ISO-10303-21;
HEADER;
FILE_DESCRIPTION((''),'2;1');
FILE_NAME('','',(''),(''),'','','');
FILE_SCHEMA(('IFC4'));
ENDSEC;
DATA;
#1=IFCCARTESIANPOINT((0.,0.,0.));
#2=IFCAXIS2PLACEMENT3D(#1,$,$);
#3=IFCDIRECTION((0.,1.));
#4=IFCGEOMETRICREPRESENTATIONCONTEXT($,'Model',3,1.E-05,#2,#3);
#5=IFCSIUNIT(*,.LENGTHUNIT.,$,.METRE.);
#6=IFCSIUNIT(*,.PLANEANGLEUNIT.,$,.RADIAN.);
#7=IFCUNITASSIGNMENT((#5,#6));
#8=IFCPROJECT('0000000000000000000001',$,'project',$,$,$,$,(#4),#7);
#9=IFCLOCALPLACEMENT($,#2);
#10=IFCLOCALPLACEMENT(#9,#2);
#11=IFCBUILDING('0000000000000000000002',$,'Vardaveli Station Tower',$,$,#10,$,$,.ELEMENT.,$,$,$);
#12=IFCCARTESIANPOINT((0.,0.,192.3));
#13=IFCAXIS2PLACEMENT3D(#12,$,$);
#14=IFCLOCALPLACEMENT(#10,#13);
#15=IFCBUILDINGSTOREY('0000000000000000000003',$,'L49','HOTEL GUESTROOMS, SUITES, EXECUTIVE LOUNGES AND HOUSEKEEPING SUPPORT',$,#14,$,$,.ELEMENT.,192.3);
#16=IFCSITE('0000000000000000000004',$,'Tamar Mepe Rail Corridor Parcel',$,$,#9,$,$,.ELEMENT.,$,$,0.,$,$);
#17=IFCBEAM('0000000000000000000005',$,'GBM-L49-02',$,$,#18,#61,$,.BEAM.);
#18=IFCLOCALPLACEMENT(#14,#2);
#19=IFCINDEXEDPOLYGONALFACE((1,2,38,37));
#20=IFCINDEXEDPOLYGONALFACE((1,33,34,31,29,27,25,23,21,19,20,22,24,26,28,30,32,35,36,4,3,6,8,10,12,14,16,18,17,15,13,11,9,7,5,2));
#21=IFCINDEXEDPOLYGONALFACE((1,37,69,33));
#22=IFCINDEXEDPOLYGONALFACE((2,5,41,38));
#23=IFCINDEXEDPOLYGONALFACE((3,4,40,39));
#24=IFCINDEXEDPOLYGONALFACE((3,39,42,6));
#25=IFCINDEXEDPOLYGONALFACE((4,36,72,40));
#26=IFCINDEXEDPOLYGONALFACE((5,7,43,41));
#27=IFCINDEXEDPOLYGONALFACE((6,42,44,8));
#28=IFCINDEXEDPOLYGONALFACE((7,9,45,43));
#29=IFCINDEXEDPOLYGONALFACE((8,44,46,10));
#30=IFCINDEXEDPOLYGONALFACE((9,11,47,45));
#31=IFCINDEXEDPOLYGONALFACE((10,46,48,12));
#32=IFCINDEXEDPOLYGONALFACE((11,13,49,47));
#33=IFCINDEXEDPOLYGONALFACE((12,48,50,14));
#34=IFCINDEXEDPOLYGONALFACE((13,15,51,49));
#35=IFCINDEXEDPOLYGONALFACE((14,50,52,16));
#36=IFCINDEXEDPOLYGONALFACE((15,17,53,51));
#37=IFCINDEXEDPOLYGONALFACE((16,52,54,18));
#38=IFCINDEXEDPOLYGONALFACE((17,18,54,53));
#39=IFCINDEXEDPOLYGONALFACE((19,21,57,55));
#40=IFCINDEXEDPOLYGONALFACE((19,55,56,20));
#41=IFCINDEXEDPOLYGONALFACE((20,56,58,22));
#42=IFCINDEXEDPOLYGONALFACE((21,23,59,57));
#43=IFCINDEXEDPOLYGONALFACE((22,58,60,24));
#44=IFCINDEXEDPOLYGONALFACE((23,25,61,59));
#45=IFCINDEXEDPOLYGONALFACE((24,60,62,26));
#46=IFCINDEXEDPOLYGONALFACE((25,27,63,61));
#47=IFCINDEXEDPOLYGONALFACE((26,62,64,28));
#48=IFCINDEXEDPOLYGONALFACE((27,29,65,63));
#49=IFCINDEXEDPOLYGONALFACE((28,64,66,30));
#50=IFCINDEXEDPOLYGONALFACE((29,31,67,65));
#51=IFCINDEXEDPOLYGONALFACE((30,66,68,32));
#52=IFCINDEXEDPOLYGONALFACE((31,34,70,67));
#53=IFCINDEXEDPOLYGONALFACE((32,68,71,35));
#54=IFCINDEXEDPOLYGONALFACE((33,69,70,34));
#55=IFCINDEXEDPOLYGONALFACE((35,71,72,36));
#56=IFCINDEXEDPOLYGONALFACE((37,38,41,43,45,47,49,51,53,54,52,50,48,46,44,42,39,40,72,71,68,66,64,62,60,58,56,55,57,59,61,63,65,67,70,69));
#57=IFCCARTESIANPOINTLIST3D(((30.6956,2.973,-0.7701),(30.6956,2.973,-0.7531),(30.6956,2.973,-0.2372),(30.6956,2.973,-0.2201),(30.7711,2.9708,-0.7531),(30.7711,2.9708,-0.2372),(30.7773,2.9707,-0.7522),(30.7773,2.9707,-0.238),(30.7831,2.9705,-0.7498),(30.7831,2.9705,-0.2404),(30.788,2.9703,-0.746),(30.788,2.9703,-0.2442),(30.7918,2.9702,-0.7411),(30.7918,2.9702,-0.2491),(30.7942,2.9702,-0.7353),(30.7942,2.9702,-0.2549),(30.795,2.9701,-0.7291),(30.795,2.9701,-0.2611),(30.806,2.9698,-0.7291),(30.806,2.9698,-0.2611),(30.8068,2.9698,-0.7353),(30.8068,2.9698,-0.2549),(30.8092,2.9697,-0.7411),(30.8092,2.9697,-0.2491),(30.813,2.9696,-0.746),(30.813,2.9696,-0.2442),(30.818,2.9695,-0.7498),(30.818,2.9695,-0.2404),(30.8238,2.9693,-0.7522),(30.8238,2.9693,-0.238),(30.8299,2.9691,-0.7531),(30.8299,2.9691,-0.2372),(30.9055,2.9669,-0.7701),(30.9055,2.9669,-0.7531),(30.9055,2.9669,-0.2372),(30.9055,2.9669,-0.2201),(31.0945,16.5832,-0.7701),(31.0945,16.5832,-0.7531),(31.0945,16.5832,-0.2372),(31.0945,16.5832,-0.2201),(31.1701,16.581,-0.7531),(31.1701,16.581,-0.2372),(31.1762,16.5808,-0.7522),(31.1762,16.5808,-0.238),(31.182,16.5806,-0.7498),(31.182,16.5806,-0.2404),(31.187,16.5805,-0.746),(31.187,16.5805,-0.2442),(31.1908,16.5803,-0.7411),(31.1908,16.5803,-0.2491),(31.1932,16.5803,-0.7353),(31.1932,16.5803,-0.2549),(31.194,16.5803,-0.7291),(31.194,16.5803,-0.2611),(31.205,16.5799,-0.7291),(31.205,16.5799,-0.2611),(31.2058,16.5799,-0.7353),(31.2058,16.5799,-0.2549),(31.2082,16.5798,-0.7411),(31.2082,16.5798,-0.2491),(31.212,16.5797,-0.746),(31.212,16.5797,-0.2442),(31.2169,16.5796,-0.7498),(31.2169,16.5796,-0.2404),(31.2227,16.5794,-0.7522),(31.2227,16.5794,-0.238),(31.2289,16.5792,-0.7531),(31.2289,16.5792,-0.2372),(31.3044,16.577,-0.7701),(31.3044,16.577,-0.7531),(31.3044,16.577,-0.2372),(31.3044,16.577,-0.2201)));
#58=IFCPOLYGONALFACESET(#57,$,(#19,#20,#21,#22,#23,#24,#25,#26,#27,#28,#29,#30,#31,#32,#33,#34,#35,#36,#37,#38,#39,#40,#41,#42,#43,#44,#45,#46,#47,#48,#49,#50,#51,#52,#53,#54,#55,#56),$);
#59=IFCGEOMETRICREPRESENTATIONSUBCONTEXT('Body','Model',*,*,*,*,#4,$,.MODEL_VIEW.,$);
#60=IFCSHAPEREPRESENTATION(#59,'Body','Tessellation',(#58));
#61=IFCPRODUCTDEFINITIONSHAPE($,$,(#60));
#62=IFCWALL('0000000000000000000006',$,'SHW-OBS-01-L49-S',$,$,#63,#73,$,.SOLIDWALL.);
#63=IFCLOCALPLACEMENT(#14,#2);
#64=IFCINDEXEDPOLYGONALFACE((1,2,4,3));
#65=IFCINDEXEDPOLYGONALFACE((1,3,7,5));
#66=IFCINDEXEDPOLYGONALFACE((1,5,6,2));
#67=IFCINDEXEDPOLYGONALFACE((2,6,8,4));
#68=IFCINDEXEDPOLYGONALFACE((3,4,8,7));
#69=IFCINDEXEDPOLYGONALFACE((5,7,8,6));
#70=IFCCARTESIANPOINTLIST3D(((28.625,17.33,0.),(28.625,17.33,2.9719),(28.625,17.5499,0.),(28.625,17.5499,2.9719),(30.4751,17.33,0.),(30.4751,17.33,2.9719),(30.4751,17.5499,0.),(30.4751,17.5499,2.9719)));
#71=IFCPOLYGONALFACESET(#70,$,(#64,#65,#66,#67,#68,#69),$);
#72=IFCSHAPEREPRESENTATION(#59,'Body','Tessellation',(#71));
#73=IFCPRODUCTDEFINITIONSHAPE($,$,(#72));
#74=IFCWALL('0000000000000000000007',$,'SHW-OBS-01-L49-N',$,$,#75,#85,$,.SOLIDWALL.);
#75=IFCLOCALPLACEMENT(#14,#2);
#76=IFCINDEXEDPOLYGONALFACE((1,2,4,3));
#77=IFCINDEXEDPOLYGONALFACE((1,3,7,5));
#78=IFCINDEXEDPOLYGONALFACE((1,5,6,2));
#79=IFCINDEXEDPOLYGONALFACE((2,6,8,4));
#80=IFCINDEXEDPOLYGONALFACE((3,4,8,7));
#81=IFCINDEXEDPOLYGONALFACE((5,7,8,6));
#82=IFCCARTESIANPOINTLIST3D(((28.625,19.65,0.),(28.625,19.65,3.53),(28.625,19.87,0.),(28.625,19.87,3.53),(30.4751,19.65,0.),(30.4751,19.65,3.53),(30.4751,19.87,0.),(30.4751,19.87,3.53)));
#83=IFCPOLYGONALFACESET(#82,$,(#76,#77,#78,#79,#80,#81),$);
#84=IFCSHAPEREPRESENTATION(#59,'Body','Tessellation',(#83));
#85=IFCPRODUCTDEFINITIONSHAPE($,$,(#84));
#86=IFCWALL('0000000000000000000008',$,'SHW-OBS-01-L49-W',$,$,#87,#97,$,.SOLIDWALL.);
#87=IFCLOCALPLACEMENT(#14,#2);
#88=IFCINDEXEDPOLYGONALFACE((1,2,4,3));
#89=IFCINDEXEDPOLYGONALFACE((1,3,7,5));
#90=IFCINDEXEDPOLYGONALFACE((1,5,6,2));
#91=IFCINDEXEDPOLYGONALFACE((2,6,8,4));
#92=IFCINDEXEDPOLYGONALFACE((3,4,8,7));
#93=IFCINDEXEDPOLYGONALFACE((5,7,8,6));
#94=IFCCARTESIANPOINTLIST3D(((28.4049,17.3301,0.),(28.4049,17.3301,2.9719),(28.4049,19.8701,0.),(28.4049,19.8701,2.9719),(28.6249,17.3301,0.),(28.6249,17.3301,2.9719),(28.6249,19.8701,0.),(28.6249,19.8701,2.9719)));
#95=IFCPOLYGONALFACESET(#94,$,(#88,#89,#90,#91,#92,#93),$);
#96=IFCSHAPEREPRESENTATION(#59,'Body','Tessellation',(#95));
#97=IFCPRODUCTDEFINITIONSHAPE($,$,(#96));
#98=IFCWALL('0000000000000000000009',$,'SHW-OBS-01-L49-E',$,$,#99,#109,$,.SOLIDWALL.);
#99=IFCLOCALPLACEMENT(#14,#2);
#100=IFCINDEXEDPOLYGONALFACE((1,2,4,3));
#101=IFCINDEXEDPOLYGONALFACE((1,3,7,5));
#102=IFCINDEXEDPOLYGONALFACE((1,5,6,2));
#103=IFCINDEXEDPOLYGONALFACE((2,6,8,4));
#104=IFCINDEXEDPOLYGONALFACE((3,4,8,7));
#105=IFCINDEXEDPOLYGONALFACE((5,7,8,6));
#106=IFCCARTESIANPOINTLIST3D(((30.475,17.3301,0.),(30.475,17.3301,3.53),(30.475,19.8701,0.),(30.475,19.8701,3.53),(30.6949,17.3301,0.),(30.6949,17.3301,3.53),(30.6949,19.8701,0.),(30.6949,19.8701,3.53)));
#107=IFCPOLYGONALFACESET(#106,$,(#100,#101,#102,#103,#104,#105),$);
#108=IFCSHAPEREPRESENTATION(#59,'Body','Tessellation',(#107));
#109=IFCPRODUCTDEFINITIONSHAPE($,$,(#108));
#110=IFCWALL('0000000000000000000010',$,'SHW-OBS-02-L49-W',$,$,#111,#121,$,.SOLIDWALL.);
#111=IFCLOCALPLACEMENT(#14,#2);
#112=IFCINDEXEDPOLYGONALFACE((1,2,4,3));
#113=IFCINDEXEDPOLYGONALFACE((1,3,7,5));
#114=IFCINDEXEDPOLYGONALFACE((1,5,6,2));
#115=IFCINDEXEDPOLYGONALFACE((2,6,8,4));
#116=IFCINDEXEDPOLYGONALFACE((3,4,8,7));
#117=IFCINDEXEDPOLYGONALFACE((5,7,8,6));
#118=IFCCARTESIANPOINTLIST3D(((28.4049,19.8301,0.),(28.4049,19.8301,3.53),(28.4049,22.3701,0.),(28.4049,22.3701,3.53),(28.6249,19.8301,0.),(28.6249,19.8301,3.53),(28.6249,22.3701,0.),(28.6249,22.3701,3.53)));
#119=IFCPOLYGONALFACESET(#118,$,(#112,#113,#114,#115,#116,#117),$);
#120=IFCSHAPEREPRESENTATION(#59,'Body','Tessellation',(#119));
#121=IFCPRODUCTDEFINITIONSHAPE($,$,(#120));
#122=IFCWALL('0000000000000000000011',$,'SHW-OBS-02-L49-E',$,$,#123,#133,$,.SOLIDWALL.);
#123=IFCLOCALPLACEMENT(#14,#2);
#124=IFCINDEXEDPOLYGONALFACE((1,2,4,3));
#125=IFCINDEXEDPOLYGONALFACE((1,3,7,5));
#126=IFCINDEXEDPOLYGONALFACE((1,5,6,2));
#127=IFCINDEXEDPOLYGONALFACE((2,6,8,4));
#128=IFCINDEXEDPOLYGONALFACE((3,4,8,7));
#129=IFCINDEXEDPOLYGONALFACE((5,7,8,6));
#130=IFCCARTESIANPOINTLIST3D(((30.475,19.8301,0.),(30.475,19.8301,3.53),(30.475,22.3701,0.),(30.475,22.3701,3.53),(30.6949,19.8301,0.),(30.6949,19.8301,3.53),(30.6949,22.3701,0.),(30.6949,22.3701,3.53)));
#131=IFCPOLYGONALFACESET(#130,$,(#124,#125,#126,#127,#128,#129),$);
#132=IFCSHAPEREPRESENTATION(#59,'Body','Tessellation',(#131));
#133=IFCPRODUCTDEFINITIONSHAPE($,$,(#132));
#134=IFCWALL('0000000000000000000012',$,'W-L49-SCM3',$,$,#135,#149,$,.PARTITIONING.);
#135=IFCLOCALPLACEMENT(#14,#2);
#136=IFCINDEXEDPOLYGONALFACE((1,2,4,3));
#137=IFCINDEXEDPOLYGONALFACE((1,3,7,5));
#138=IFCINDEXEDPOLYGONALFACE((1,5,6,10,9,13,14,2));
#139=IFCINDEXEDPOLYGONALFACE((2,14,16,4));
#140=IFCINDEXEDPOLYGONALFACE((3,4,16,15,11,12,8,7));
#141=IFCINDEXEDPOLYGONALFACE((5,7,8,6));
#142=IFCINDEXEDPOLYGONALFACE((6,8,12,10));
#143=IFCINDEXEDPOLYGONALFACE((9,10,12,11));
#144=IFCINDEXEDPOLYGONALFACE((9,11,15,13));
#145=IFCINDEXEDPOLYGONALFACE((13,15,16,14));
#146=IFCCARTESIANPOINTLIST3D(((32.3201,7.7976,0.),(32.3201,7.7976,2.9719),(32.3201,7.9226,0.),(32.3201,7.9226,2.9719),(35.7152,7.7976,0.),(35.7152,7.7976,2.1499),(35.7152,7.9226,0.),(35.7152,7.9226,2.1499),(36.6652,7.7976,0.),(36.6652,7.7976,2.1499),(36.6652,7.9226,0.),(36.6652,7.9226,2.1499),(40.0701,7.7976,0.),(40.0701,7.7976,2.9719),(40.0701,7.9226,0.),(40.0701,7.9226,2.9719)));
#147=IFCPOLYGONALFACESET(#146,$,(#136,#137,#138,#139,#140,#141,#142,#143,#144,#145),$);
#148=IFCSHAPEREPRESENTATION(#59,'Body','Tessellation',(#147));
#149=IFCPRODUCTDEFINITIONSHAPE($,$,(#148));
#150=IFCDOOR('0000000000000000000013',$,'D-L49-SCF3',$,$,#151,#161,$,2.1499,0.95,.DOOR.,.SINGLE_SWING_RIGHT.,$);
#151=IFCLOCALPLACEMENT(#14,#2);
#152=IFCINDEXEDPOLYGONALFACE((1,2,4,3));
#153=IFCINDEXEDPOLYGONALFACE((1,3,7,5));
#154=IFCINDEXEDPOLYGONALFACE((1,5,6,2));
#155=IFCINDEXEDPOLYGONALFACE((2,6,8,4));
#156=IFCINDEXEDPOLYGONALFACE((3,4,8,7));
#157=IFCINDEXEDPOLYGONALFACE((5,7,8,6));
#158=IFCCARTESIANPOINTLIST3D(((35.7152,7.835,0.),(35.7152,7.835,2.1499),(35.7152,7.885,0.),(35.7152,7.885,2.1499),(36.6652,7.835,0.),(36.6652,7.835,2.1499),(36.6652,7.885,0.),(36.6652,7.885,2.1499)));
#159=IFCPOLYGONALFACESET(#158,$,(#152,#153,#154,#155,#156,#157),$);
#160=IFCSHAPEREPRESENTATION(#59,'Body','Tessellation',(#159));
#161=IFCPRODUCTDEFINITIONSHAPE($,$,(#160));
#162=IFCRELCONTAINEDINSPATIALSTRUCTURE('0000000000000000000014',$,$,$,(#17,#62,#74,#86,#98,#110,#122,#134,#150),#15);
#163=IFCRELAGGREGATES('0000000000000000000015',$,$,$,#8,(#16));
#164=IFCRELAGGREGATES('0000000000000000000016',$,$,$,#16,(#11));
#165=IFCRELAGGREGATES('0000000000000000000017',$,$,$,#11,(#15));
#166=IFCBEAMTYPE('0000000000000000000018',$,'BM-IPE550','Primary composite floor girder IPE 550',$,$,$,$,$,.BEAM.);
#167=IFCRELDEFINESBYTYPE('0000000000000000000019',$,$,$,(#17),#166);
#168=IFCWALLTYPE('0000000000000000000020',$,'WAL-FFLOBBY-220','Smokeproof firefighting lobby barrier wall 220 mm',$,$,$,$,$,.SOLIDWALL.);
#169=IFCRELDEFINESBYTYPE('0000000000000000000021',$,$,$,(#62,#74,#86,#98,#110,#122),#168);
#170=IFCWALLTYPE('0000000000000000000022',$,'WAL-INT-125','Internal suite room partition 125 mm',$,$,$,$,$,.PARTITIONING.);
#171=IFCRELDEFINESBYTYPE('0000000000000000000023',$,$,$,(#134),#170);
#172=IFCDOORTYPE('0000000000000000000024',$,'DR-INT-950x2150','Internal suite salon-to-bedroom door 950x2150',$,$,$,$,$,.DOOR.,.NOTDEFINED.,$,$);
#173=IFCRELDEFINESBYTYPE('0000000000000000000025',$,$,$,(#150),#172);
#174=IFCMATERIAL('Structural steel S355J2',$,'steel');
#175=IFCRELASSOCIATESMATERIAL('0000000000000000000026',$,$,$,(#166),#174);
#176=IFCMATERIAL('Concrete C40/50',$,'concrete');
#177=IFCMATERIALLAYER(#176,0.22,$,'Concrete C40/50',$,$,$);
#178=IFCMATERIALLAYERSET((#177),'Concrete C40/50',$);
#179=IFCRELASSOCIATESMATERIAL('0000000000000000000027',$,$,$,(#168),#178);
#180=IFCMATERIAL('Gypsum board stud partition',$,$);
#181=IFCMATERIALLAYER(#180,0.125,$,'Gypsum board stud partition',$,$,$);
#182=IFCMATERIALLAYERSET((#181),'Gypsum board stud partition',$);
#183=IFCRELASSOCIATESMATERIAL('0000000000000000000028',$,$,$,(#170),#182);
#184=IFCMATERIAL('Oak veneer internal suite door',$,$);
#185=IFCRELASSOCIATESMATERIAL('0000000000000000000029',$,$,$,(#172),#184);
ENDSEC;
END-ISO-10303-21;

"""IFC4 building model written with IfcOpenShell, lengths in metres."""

from ifc_helpers import new_model, si_unit, direction, frame, frame_2d, origin, origin_2d, place, context, subcontext, project, spatial, rectangle, i_section, extrude, source, transform, mapped, material, layer, layer_set, material_profile, profile_set, type_object, element, fill, save


model = new_model("IFC4")

# Units and contexts
model_context = context("Model", 3, precision=1e-05, world=origin(), true_north=direction((0.0, 1.0)))
body_context = subcontext(model_context, "Body", "Model", "MODEL_VIEW")
ifc_project = project(units=[si_unit("LENGTHUNIT", "METRE"), si_unit("PLANEANGLEUNIT", "RADIAN")], contexts=[model_context])

# Site, building, storey
site_placement = place(None, origin())
site = spatial("IfcSite", under=ifc_project, at=site_placement, Name="Tamar Mepe Rail Corridor Parcel", CompositionType="ELEMENT", RefElevation=0.0)
building_placement = place(site_placement, origin())
building = spatial("IfcBuilding", under=site, at=building_placement, Name="Vardaveli Station Tower", CompositionType="ELEMENT")
storey_placement = place(building_placement, frame((0.0, 0.0, 192.3)))
storey = spatial("IfcBuildingStorey", under=building, at=storey_placement, Name="L49", Description="HOTEL GUESTROOMS, SUITES, EXECUTIVE LOUNGES AND HOUSEKEEPING SUPPORT", CompositionType="ELEMENT", Elevation=192.3)

# Beam
ifc_material_1 = material(Name="Structural steel S355J2", Category="steel")
ifc_material_profile_1 = material_profile(ifc_material_1, i_section(OverallWidth=0.21, OverallDepth=0.55, WebThickness=0.011, FlangeThickness=0.0171, FilletRadius=0.0239, at=origin_2d()), Name="IPE 550")
ifc_profile_set_1 = profile_set([ifc_material_profile_1], Name="Structural steel S355J2")
beam_type_1 = type_object("IfcBeamType", Name="BM-IPE550", Description="Primary composite floor girder IPE 550", PredefinedType="BEAM", material=ifc_profile_set_1)
shared_shape_1 = source(origin(), body_context, "Body", "SweptSolid", [
    extrude(i_section(OverallWidth=0.21, OverallDepth=0.55, WebThickness=0.011, FlangeThickness=0.0171, FilletRadius=0.0239, at=origin_2d()), origin(), (0.0, 0.0, 1.0), 13.616),
])
beam_1_placement = place(storey_placement, frame((30.8005, 2.97, -0.4951), z_axis=(0.029298, 0.999571, 0.0), x_axis=(-0.999571, 0.029298, 0.0)))
element("IfcBeam", 1, at=beam_1_placement, inside=storey, type_object=beam_type_1, Name="GBM-L49-02", PredefinedType="BEAM", context=body_context, shape_type="MappedRepresentation", body=[
    mapped(shared_shape_1, transform((0.0, 0.0, 0.0), scale=1.0)),
])

# Walls
ifc_material_2 = material(Name="Concrete C40/50", Category="concrete")
ifc_layer_1 = layer(ifc_material_2, 0.22, Name="Concrete C40/50")
ifc_layer_set_1 = layer_set([ifc_layer_1], Name="Concrete C40/50")
wall_type_1 = type_object("IfcWallType", Name="WAL-FFLOBBY-220", Description="Smokeproof firefighting lobby barrier wall 220 mm", PredefinedType="SOLIDWALL", material=ifc_layer_set_1)
shared_shape_2 = source(origin(), body_context, "Body", "SweptSolid", [
    extrude(rectangle(XDim=1.8501, YDim=0.22, at=frame_2d((0.925, 0.0))), origin(), (0.0, 0.0, 1.0), 2.9719),
])
wall_1_placement = place(storey_placement, frame((28.625, 17.4399, 0.0), z_axis=(0.0, 0.0, 1.0), x_axis=(1.0, 0.0, 0.0)))
element("IfcWall", 2, at=wall_1_placement, inside=storey, type_object=wall_type_1, Name="SHW-OBS-01-L49-S", PredefinedType="SOLIDWALL", context=body_context, shape_type="MappedRepresentation", body=[
    mapped(shared_shape_2, transform((0.0, 0.0, 0.0), scale=1.0)),
])
shared_shape_3 = source(origin(), body_context, "Body", "SweptSolid", [
    extrude(rectangle(XDim=1.8501, YDim=0.22, at=frame_2d((0.925, 0.0))), origin(), (0.0, 0.0, 1.0), 3.53),
])
wall_2_placement = place(storey_placement, frame((28.625, 19.76, 0.0), z_axis=(0.0, 0.0, 1.0), x_axis=(1.0, 0.0, 0.0)))
element("IfcWall", 3, at=wall_2_placement, inside=storey, type_object=wall_type_1, Name="SHW-OBS-01-L49-N", PredefinedType="SOLIDWALL", context=body_context, shape_type="MappedRepresentation", body=[
    mapped(shared_shape_3, transform((0.0, 0.0, 0.0), scale=1.0)),
])
shared_shape_4 = source(origin(), body_context, "Body", "SweptSolid", [
    extrude(rectangle(XDim=2.54, YDim=0.22, at=frame_2d((1.27, 0.0))), origin(), (0.0, 0.0, 1.0), 2.9719),
])
wall_3_placement = place(storey_placement, frame((28.5149, 17.3301, 0.0), z_axis=(0.0, 0.0, 1.0), x_axis=(0.0, 1.0, 0.0)))
element("IfcWall", 4, at=wall_3_placement, inside=storey, type_object=wall_type_1, Name="SHW-OBS-01-L49-W", PredefinedType="SOLIDWALL", context=body_context, shape_type="MappedRepresentation", body=[
    mapped(shared_shape_4, transform((0.0, 0.0, 0.0), scale=1.0)),
])
shared_shape_5 = source(origin(), body_context, "Body", "SweptSolid", [
    extrude(rectangle(XDim=2.54, YDim=0.22, at=frame_2d((1.27, 0.0))), origin(), (0.0, 0.0, 1.0), 3.53),
])
for number, where, z_axis, x_axis, name in (
    (5, (30.585, 17.3301, 0.0), (0.0, 0.0, 1.0), (0.0, 1.0, 0.0), "SHW-OBS-01-L49-E"),
    (6, (28.5149, 19.8301, 0.0), (0.0, 0.0, 1.0), (0.0, 1.0, 0.0), "SHW-OBS-02-L49-W"),
    (7, (30.585, 19.8301, 0.0), (0.0, 0.0, 1.0), (0.0, 1.0, 0.0), "SHW-OBS-02-L49-E"),
):
    element("IfcWall", number, at=place(storey_placement, frame(where, z_axis=z_axis, x_axis=x_axis)), inside=storey, type_object=wall_type_1, Name=name, PredefinedType="SOLIDWALL", context=body_context, shape_type="MappedRepresentation", body=[
        mapped(shared_shape_5, transform((0.0, 0.0, 0.0), scale=1.0)),
    ])

# Wall, opening, door
ifc_material_3 = material(Name="Gypsum board stud partition")
ifc_layer_2 = layer(ifc_material_3, 0.125, Name="Gypsum board stud partition")
ifc_layer_set_2 = layer_set([ifc_layer_2], Name="Gypsum board stud partition")
wall_type_2 = type_object("IfcWallType", Name="WAL-INT-125", Description="Internal suite room partition 125 mm", PredefinedType="PARTITIONING", material=ifc_layer_set_2)
shared_shape_6 = source(origin(), body_context, "Body", "SweptSolid", [
    extrude(rectangle(XDim=7.75, YDim=0.125, at=frame_2d((3.875, 0.0))), origin(), (0.0, 0.0, 1.0), 2.9719),
])
wall_4_placement = place(storey_placement, frame((32.3201, 7.8601, 0.0), z_axis=(0.0, 0.0, 1.0), x_axis=(1.0, 0.0, 0.0)))
wall_4 = element("IfcWall", 8, at=wall_4_placement, inside=storey, type_object=wall_type_2, Name="W-L49-SCM3", PredefinedType="PARTITIONING", context=body_context, shape_type="MappedRepresentation", body=[
    mapped(shared_shape_6, transform((0.0, 0.0, 0.0), scale=1.0)),
])
shared_shape_7 = source(origin(), body_context, "Body", "SweptSolid", [
    extrude(rectangle(XDim=0.95, YDim=2.1499, at=frame_2d((0.4751, 1.075))), frame((0.0, 0.0725, 0.0), z_axis=(0.0, -1.0, 0.0), x_axis=(1.0, 0.0, 0.0)), (0.0, 0.0, 1.0), 0.145),
])
opening_1_placement = place(wall_4_placement, frame((3.395, 0.0, 0.0)))
opening_1 = element("IfcOpeningElement", 9, at=opening_1_placement, cuts=wall_4, PredefinedType="OPENING", context=body_context, shape_type="MappedRepresentation", body=[
    mapped(shared_shape_7, transform((0.0, 0.0, 0.0), scale=1.0)),
])
ifc_material_4 = material(Name="Oak veneer internal suite door")
door_type_1 = type_object("IfcDoorType", Name="DR-INT-950x2150", Description="Internal suite salon-to-bedroom door 950x2150", OperationType="NOTDEFINED", PredefinedType="DOOR", material=ifc_material_4)
shared_shape_8 = source(origin(), body_context, "Body", "SweptSolid", [
    extrude(rectangle(XDim=0.95, YDim=2.1499, at=frame_2d((0.4751, 1.075))), frame((0.0, 0.0249, 0.0), z_axis=(0.0, -1.0, 0.0), x_axis=(1.0, 0.0, 0.0)), (0.0, 0.0, 1.0), 0.05),
])
door_1_placement = place(opening_1_placement, origin())
door_1 = element("IfcDoor", 10, at=door_1_placement, inside=storey, type_object=door_type_1, Name="D-L49-SCF3", OperationType="SINGLE_SWING_RIGHT", OverallHeight=2.1499, OverallWidth=0.95, PredefinedType="DOOR", context=body_context, shape_type="MappedRepresentation", body=[
    mapped(shared_shape_8, transform((0.0, 0.0, 0.0), scale=1.0)),
])
fill(opening_1, door_1)

save(model, "model.ifc")
